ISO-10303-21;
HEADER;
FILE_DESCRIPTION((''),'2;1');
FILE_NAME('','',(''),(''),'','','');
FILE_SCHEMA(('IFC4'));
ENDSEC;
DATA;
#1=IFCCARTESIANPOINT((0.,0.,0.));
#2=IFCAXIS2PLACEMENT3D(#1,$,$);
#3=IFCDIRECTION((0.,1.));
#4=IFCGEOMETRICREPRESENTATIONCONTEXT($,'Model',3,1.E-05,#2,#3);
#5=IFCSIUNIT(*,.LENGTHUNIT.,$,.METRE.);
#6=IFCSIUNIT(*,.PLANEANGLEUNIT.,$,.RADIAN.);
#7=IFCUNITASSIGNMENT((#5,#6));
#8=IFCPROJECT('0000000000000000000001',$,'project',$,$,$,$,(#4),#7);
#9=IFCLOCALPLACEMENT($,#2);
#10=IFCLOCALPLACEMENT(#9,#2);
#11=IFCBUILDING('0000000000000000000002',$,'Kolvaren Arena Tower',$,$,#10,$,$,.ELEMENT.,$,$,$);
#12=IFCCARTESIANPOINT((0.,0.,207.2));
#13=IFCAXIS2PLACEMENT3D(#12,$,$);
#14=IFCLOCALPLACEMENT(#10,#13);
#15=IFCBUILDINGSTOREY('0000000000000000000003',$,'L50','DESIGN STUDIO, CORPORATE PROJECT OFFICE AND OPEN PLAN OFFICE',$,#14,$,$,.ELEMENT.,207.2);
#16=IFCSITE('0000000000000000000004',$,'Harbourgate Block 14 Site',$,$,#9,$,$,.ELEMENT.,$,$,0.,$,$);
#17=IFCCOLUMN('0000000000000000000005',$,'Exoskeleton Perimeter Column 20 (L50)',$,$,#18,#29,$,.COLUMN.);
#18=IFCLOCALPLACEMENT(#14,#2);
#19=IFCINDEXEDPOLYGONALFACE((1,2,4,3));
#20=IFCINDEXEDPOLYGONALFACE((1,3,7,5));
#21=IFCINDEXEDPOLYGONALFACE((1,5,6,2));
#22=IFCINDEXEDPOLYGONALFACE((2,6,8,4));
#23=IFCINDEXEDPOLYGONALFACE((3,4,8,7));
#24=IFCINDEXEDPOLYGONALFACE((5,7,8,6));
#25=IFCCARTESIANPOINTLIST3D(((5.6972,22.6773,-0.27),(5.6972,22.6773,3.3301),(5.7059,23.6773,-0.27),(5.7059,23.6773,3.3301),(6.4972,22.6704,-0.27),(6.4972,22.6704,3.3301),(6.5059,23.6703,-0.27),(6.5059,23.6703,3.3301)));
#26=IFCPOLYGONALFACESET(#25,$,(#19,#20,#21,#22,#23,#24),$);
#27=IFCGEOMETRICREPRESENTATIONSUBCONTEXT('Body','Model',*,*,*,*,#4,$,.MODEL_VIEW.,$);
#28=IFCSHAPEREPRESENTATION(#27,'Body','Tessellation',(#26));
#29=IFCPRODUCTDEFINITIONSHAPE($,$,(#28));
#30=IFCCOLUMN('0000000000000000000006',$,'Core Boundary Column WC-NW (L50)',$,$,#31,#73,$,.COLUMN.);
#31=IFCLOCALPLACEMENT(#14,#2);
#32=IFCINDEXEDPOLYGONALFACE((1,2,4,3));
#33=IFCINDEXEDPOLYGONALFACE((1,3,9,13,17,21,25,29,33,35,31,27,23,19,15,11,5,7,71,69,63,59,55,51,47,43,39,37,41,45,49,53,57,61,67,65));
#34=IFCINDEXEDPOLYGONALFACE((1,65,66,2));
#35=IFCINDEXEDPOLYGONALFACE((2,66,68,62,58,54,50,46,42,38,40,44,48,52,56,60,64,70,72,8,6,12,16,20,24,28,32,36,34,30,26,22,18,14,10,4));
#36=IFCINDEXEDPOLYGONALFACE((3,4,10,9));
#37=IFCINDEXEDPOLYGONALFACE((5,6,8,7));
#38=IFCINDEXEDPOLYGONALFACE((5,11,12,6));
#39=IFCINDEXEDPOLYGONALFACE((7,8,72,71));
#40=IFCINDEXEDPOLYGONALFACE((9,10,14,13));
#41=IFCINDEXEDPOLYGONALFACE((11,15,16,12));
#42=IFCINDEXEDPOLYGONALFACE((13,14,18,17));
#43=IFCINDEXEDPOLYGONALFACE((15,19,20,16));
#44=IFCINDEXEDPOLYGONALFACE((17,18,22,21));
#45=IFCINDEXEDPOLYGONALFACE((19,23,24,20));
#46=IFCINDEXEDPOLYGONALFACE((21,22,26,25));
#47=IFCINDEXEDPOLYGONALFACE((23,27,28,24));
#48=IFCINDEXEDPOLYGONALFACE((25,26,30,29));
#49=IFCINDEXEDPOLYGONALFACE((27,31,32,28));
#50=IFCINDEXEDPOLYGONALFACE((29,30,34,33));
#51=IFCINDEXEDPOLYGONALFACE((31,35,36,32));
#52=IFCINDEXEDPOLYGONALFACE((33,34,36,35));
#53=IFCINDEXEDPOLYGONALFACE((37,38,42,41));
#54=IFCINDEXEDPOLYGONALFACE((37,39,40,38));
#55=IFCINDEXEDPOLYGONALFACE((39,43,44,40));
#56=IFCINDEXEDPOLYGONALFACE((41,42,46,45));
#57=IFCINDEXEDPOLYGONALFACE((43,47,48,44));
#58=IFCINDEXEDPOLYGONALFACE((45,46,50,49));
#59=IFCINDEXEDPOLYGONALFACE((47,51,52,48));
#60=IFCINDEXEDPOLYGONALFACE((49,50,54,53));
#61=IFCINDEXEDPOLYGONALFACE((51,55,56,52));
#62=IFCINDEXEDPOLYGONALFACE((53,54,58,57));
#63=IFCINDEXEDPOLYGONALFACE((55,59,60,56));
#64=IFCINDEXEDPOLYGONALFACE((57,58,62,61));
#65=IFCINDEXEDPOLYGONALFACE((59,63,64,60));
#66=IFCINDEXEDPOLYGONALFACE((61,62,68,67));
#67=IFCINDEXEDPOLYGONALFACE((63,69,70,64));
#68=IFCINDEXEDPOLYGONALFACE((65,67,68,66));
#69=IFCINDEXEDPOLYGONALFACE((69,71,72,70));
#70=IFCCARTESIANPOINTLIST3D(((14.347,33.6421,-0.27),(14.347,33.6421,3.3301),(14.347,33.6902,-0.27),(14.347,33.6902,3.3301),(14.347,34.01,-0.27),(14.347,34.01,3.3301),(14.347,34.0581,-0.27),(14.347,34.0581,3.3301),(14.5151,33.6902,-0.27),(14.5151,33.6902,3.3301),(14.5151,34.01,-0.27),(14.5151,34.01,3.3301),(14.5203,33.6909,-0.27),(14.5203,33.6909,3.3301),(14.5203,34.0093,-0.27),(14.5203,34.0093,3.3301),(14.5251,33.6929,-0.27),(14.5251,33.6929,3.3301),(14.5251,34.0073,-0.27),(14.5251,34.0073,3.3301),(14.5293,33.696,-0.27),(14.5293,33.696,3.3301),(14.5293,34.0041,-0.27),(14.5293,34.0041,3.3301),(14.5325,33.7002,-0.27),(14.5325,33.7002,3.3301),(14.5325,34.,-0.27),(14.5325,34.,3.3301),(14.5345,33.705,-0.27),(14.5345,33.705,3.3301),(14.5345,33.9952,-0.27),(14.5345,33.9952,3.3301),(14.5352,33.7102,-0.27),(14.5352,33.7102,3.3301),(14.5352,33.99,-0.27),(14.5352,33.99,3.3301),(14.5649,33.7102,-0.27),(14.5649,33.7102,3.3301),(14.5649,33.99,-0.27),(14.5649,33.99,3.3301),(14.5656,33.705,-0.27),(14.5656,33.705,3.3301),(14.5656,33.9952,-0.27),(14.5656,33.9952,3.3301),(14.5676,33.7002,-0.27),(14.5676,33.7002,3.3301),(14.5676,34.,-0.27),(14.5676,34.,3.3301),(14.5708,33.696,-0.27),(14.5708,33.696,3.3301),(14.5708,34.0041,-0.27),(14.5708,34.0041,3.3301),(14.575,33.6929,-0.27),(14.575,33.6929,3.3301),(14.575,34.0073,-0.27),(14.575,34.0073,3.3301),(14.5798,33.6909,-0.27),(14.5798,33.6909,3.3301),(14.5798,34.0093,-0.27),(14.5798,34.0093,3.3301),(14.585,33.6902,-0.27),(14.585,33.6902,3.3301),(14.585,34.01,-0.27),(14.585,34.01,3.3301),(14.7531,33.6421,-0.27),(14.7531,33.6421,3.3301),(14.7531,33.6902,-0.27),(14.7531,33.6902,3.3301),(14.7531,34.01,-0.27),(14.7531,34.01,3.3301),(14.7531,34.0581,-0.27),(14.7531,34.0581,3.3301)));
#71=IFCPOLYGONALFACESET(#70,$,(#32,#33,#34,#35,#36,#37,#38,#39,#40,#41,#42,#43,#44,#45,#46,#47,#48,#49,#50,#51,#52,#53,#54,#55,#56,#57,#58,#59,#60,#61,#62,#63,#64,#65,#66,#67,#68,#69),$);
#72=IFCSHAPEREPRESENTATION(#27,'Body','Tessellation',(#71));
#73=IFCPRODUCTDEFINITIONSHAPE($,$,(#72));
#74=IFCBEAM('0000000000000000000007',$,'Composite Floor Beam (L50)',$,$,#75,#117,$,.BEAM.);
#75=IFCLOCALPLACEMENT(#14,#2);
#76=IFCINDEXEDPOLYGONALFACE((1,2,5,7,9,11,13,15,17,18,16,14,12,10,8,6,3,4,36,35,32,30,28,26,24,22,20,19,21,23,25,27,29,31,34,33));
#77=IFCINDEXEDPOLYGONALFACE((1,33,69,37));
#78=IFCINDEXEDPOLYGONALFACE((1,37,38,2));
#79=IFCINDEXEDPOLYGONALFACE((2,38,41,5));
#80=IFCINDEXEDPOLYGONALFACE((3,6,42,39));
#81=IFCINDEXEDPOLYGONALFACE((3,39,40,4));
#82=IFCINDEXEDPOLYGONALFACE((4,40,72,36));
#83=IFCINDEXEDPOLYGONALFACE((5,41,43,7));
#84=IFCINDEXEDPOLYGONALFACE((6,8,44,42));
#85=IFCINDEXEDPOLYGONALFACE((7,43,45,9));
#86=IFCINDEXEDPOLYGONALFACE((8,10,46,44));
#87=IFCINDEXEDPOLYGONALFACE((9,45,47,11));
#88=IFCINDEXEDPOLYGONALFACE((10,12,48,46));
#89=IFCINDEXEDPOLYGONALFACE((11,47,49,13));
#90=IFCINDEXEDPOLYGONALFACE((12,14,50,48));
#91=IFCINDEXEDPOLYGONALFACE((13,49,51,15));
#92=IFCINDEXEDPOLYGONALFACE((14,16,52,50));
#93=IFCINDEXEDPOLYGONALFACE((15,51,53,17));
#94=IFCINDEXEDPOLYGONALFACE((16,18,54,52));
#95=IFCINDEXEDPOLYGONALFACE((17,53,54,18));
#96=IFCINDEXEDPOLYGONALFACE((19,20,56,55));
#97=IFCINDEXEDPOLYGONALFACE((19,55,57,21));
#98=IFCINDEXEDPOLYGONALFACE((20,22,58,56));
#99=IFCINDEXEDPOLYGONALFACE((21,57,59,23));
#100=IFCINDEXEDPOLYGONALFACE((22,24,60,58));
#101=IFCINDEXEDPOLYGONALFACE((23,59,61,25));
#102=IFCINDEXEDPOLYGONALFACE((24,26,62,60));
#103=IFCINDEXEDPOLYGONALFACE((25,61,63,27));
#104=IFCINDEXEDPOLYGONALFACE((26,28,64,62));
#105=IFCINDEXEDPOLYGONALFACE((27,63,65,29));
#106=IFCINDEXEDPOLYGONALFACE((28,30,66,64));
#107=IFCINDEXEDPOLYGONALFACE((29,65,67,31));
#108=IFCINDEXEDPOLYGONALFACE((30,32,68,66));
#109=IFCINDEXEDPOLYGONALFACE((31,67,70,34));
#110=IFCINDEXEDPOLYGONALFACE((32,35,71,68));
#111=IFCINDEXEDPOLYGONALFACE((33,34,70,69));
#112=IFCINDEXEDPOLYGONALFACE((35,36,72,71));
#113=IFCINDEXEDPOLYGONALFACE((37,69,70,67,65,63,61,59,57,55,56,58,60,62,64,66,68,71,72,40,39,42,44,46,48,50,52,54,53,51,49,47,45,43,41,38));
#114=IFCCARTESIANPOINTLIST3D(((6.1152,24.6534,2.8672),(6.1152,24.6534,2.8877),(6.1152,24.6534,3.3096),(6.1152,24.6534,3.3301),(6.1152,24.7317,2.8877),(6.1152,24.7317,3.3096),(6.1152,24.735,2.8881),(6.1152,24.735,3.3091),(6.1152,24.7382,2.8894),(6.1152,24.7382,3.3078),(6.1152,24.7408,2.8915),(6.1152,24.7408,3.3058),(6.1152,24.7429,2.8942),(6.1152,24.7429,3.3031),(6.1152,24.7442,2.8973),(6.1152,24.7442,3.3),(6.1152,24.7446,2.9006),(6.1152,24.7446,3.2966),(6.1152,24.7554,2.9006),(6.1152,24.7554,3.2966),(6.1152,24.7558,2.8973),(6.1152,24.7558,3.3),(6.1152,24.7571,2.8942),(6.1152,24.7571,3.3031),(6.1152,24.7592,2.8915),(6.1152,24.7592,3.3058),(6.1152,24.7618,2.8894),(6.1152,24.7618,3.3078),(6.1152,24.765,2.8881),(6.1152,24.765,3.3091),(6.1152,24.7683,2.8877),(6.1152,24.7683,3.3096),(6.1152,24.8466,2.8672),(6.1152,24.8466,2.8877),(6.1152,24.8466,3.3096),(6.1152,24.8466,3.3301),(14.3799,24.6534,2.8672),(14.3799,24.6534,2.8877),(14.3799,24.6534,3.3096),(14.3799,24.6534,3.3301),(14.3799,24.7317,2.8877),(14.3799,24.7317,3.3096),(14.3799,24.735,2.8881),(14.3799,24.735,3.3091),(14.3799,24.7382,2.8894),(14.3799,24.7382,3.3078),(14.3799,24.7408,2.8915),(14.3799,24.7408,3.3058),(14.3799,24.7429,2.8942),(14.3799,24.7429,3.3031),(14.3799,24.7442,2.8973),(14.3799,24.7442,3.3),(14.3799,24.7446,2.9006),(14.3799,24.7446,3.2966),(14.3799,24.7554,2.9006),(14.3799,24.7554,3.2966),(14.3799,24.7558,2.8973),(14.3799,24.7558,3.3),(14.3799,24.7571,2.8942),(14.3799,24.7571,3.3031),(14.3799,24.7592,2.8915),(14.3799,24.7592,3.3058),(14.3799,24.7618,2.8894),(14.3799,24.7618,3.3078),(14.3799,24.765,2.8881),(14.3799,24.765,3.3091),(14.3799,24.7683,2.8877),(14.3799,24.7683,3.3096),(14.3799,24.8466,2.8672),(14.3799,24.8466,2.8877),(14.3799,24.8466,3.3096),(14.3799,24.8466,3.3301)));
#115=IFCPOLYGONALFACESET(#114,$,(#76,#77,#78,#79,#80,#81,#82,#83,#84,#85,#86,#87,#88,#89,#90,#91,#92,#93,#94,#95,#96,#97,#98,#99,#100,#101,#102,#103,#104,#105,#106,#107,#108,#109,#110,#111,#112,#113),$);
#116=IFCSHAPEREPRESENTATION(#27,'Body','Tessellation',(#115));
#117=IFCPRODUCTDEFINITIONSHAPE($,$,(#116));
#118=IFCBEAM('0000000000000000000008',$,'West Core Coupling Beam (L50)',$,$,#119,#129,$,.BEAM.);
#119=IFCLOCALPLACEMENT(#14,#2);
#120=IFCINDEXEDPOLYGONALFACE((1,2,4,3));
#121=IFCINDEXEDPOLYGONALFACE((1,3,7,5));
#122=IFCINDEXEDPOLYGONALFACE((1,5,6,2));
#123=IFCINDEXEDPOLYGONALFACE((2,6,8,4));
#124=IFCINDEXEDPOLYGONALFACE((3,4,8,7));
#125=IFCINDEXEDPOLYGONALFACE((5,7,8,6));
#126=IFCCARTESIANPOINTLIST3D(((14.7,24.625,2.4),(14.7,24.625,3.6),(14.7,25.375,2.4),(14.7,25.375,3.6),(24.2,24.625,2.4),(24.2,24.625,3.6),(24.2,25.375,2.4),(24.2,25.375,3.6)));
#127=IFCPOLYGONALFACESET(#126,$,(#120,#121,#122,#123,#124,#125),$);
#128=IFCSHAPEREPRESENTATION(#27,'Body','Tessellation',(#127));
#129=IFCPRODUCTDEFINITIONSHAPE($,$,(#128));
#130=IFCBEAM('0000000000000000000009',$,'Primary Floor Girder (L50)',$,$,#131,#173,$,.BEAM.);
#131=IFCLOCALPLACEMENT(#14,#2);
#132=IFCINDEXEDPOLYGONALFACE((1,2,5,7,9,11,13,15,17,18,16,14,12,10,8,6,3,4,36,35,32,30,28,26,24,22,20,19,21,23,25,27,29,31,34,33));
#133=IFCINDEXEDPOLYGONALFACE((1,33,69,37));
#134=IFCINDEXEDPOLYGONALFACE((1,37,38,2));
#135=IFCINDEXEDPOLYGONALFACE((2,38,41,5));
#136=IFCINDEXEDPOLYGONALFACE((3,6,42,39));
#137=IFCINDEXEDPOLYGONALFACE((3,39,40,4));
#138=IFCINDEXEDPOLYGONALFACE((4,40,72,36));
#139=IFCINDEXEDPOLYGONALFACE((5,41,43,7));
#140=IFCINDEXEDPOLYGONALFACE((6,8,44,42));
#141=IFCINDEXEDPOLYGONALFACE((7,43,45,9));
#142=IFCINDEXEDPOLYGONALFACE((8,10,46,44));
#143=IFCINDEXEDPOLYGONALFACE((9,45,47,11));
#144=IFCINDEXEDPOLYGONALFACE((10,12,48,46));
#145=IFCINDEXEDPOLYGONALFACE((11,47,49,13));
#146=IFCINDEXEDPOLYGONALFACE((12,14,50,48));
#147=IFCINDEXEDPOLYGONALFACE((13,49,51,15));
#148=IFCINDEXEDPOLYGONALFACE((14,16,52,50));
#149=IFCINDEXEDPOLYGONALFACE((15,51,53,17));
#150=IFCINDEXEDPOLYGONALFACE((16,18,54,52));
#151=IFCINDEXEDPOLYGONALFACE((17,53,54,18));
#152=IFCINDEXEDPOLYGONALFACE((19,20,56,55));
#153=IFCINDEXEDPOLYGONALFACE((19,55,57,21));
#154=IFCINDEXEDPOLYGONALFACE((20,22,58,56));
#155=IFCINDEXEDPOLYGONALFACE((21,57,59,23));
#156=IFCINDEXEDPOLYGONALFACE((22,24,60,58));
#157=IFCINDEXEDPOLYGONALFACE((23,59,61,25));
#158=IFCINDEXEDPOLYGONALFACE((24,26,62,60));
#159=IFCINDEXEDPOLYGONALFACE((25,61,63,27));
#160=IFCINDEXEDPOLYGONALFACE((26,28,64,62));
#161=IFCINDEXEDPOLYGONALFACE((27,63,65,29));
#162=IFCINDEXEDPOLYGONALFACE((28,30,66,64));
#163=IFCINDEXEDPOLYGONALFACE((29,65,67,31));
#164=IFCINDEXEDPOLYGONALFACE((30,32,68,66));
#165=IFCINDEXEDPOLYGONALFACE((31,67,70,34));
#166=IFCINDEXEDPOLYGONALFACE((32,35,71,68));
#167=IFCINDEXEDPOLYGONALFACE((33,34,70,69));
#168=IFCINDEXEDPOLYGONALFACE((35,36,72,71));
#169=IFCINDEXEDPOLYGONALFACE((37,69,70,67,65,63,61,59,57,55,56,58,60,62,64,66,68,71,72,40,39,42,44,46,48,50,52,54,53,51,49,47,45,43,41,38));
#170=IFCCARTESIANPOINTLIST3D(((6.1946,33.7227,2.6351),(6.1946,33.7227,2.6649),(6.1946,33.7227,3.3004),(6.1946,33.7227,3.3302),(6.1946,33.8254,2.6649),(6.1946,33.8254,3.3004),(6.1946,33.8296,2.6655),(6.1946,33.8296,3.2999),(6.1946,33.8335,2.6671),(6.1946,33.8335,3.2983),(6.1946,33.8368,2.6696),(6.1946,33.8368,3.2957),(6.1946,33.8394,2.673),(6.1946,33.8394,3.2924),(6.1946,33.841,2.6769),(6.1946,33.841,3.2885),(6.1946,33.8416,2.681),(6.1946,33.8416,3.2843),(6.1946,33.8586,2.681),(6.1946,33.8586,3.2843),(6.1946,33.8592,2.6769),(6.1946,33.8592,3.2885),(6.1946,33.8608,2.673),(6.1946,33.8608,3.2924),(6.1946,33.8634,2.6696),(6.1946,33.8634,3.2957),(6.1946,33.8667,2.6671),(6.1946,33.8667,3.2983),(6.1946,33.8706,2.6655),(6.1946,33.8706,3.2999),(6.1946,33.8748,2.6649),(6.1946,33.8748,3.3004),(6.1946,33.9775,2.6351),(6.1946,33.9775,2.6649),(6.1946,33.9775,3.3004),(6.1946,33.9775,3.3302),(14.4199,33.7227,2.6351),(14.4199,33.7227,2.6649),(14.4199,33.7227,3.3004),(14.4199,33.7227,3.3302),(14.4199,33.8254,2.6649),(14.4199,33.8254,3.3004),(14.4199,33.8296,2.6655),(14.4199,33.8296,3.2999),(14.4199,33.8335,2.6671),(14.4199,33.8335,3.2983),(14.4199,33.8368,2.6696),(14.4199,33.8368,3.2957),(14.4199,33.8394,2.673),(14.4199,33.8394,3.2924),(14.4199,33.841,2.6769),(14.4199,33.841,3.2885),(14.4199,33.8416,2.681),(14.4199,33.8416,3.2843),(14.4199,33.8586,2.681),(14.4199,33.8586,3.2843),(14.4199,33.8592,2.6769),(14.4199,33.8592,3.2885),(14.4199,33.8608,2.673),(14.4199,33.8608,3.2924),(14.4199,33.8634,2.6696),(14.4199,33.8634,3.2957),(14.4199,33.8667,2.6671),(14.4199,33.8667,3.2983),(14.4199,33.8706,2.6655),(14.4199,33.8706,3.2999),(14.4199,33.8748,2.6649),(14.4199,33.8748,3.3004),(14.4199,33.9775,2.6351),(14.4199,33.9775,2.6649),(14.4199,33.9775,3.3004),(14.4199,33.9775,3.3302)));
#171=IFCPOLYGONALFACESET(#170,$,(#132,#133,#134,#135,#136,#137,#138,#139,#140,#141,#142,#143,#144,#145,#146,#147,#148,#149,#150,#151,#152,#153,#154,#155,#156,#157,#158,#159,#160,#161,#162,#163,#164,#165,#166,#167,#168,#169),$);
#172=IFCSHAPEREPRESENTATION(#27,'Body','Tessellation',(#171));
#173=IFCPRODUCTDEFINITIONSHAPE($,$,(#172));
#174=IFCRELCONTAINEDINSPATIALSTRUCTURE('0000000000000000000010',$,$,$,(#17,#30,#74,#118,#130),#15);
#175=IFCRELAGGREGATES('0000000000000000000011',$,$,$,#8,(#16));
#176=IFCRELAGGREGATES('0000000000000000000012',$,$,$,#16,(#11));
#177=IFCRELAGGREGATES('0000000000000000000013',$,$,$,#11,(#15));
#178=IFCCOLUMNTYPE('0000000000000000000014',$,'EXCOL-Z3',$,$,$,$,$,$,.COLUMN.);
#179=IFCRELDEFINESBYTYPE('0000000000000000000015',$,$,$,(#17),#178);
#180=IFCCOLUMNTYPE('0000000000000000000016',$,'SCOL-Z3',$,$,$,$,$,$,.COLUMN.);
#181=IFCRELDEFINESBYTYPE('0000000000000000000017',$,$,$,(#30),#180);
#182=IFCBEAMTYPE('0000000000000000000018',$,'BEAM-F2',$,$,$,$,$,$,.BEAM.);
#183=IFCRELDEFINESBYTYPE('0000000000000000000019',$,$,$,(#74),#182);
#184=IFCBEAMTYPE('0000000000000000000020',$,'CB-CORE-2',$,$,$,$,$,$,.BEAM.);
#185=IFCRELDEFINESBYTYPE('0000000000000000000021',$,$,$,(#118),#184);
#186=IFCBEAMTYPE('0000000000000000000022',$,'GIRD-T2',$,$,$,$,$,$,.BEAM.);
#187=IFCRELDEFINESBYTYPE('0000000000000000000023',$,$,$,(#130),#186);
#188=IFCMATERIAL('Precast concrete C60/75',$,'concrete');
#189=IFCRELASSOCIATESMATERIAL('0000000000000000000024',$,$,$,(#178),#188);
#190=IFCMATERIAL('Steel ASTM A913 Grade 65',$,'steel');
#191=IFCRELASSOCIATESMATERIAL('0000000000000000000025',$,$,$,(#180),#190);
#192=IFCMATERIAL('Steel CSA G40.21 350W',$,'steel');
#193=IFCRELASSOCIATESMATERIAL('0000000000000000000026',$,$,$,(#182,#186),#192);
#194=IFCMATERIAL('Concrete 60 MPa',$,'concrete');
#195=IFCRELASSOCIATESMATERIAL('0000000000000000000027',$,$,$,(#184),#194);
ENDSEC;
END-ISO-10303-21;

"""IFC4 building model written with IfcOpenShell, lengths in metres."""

from ifc_helpers import new_model, si_unit, direction, frame, origin, origin_2d, place, context, subcontext, project, spatial, rectangle, i_section, extrude, material, material_profile, profile_set, type_object, element, save


model = new_model("IFC4")

# Units and contexts
model_context = context("Model", 3, precision=1e-05, world=origin(), true_north=direction((0.0, 1.0)))
body_context = subcontext(model_context, "Body", "Model", "MODEL_VIEW")
ifc_project = project(units=[si_unit("LENGTHUNIT", "METRE"), si_unit("PLANEANGLEUNIT", "RADIAN")], contexts=[model_context])

# Site, building, storey
site_placement = place(None, origin())
site = spatial("IfcSite", under=ifc_project, at=site_placement, Name="Harbourgate Block 14 Site", CompositionType="ELEMENT", RefElevation=0.0)
building_placement = place(site_placement, origin())
building = spatial("IfcBuilding", under=site, at=building_placement, Name="Kolvaren Arena Tower", CompositionType="ELEMENT")
storey_placement = place(building_placement, frame((0.0, 0.0, 207.2)))
storey = spatial("IfcBuildingStorey", under=building, at=storey_placement, Name="L50", Description="DESIGN STUDIO, CORPORATE PROJECT OFFICE AND OPEN PLAN OFFICE", CompositionType="ELEMENT", Elevation=207.2)

# Columns
ifc_material_1 = material(Name="Precast concrete C60/75", Category="concrete")
ifc_material_profile_1 = material_profile(ifc_material_1, rectangle(XDim=1.0, YDim=0.8, at=origin_2d()), Name="RC-1000x800")
ifc_profile_set_1 = profile_set([ifc_material_profile_1], Name="Precast concrete C60/75")
column_type_1 = type_object("IfcColumnType", Name="EXCOL-Z3", PredefinedType="COLUMN", material=ifc_profile_set_1)
column_1_placement = place(storey_placement, frame((6.1016, 23.1738, -0.27), z_axis=(0.0, 0.0, 1.0), x_axis=(0.008727, 0.999962, 0.0)))
element("IfcColumn", 1, at=column_1_placement, inside=storey, type_object=column_type_1, Name="Exoskeleton Perimeter Column 20 (L50)", PredefinedType="COLUMN", context=body_context, shape_type="SweptSolid", body=[
    extrude(rectangle(XDim=1.0, YDim=0.8, at=origin_2d()), origin(), (0.0, 0.0, 1.0), 3.6001),
])
ifc_material_2 = material(Name="Steel ASTM A913 Grade 65", Category="steel")
ifc_material_profile_2 = material_profile(ifc_material_2, i_section(OverallWidth=0.406, OverallDepth=0.416, WebThickness=0.0298, FlangeThickness=0.0481, FilletRadius=0.02, at=origin_2d()), Name="W360x382")
ifc_profile_set_2 = profile_set([ifc_material_profile_2], Name="Steel ASTM A913 Grade 65")
column_type_2 = type_object("IfcColumnType", Name="SCOL-Z3", PredefinedType="COLUMN", material=ifc_profile_set_2)
column_2_placement = place(storey_placement, frame((14.55, 33.8501, -0.27), z_axis=(0.0, 0.0, 1.0), x_axis=(1.0, 0.0, 0.0)))
element("IfcColumn", 2, at=column_2_placement, inside=storey, type_object=column_type_2, Name="Core Boundary Column WC-NW (L50)", PredefinedType="COLUMN", context=body_context, shape_type="SweptSolid", body=[
    extrude(i_section(OverallWidth=0.406, OverallDepth=0.416, WebThickness=0.0298, FlangeThickness=0.0481, FilletRadius=0.02, at=origin_2d()), origin(), (0.0, 0.0, 1.0), 3.6001),
])

# Beams
ifc_material_3 = material(Name="Steel CSA G40.21 350W", Category="steel")
ifc_material_profile_3 = material_profile(ifc_material_3, i_section(OverallWidth=0.1931, OverallDepth=0.4629, WebThickness=0.0107, FlangeThickness=0.0205, FilletRadius=0.0129, at=origin_2d()), Name="W460x113")
ifc_profile_set_3 = profile_set([ifc_material_profile_3], Name="Steel CSA G40.21 350W")
beam_type_1 = type_object("IfcBeamType", Name="BEAM-F2", PredefinedType="BEAM", material=ifc_profile_set_3)
beam_1_placement = place(storey_placement, frame((6.1152, 24.75, 3.0986), z_axis=(1.0, 0.0, 0.0), x_axis=(0.0, 1.0, 0.0)))
element("IfcBeam", 3, at=beam_1_placement, inside=storey, type_object=beam_type_1, Name="Composite Floor Beam (L50)", PredefinedType="BEAM", context=body_context, shape_type="SweptSolid", body=[
    extrude(i_section(OverallWidth=0.1931, OverallDepth=0.4629, WebThickness=0.0107, FlangeThickness=0.0205, FilletRadius=0.0129, at=origin_2d()), origin(), (0.0, 0.0, 1.0), 8.2646),
])
ifc_material_4 = material(Name="Concrete 60 MPa", Category="concrete")
ifc_material_profile_4 = material_profile(ifc_material_4, rectangle(XDim=0.75, YDim=1.2, at=origin_2d()), Name="RC-750x1200")
ifc_profile_set_4 = profile_set([ifc_material_profile_4], Name="Concrete 60 MPa")
beam_type_2 = type_object("IfcBeamType", Name="CB-CORE-2", PredefinedType="BEAM", material=ifc_profile_set_4)
beam_2_placement = place(storey_placement, frame((14.7, 25.0, 3.0), z_axis=(1.0, 0.0, 0.0), x_axis=(0.0, 1.0, 0.0)))
element("IfcBeam", 4, at=beam_2_placement, inside=storey, type_object=beam_type_2, Name="West Core Coupling Beam (L50)", PredefinedType="BEAM", context=body_context, shape_type="SweptSolid", body=[
    extrude(rectangle(XDim=0.75, YDim=1.2, at=origin_2d()), origin(), (0.0, 0.0, 1.0), 9.5),
])
ifc_material_profile_5 = material_profile(ifc_material_3, i_section(OverallWidth=0.2549, OverallDepth=0.6951, WebThickness=0.0171, FlangeThickness=0.0298, FilletRadius=0.0161, at=origin_2d()), Name="W690x217")
ifc_profile_set_5 = profile_set([ifc_material_profile_5], Name="Steel CSA G40.21 350W")
beam_type_3 = type_object("IfcBeamType", Name="GIRD-T2", PredefinedType="BEAM", material=ifc_profile_set_5)
beam_3_placement = place(storey_placement, frame((6.1946, 33.8501, 2.9827), z_axis=(1.0, 0.0, 0.0), x_axis=(0.0, 1.0, 0.0)))
element("IfcBeam", 5, at=beam_3_placement, inside=storey, type_object=beam_type_3, Name="Primary Floor Girder (L50)", PredefinedType="BEAM", context=body_context, shape_type="SweptSolid", body=[
    extrude(i_section(OverallWidth=0.2549, OverallDepth=0.6951, WebThickness=0.0171, FlangeThickness=0.0298, FilletRadius=0.0161, at=origin_2d()), origin(), (0.0, 0.0, 1.0), 8.2253),
])

save(model, "model.ifc")
